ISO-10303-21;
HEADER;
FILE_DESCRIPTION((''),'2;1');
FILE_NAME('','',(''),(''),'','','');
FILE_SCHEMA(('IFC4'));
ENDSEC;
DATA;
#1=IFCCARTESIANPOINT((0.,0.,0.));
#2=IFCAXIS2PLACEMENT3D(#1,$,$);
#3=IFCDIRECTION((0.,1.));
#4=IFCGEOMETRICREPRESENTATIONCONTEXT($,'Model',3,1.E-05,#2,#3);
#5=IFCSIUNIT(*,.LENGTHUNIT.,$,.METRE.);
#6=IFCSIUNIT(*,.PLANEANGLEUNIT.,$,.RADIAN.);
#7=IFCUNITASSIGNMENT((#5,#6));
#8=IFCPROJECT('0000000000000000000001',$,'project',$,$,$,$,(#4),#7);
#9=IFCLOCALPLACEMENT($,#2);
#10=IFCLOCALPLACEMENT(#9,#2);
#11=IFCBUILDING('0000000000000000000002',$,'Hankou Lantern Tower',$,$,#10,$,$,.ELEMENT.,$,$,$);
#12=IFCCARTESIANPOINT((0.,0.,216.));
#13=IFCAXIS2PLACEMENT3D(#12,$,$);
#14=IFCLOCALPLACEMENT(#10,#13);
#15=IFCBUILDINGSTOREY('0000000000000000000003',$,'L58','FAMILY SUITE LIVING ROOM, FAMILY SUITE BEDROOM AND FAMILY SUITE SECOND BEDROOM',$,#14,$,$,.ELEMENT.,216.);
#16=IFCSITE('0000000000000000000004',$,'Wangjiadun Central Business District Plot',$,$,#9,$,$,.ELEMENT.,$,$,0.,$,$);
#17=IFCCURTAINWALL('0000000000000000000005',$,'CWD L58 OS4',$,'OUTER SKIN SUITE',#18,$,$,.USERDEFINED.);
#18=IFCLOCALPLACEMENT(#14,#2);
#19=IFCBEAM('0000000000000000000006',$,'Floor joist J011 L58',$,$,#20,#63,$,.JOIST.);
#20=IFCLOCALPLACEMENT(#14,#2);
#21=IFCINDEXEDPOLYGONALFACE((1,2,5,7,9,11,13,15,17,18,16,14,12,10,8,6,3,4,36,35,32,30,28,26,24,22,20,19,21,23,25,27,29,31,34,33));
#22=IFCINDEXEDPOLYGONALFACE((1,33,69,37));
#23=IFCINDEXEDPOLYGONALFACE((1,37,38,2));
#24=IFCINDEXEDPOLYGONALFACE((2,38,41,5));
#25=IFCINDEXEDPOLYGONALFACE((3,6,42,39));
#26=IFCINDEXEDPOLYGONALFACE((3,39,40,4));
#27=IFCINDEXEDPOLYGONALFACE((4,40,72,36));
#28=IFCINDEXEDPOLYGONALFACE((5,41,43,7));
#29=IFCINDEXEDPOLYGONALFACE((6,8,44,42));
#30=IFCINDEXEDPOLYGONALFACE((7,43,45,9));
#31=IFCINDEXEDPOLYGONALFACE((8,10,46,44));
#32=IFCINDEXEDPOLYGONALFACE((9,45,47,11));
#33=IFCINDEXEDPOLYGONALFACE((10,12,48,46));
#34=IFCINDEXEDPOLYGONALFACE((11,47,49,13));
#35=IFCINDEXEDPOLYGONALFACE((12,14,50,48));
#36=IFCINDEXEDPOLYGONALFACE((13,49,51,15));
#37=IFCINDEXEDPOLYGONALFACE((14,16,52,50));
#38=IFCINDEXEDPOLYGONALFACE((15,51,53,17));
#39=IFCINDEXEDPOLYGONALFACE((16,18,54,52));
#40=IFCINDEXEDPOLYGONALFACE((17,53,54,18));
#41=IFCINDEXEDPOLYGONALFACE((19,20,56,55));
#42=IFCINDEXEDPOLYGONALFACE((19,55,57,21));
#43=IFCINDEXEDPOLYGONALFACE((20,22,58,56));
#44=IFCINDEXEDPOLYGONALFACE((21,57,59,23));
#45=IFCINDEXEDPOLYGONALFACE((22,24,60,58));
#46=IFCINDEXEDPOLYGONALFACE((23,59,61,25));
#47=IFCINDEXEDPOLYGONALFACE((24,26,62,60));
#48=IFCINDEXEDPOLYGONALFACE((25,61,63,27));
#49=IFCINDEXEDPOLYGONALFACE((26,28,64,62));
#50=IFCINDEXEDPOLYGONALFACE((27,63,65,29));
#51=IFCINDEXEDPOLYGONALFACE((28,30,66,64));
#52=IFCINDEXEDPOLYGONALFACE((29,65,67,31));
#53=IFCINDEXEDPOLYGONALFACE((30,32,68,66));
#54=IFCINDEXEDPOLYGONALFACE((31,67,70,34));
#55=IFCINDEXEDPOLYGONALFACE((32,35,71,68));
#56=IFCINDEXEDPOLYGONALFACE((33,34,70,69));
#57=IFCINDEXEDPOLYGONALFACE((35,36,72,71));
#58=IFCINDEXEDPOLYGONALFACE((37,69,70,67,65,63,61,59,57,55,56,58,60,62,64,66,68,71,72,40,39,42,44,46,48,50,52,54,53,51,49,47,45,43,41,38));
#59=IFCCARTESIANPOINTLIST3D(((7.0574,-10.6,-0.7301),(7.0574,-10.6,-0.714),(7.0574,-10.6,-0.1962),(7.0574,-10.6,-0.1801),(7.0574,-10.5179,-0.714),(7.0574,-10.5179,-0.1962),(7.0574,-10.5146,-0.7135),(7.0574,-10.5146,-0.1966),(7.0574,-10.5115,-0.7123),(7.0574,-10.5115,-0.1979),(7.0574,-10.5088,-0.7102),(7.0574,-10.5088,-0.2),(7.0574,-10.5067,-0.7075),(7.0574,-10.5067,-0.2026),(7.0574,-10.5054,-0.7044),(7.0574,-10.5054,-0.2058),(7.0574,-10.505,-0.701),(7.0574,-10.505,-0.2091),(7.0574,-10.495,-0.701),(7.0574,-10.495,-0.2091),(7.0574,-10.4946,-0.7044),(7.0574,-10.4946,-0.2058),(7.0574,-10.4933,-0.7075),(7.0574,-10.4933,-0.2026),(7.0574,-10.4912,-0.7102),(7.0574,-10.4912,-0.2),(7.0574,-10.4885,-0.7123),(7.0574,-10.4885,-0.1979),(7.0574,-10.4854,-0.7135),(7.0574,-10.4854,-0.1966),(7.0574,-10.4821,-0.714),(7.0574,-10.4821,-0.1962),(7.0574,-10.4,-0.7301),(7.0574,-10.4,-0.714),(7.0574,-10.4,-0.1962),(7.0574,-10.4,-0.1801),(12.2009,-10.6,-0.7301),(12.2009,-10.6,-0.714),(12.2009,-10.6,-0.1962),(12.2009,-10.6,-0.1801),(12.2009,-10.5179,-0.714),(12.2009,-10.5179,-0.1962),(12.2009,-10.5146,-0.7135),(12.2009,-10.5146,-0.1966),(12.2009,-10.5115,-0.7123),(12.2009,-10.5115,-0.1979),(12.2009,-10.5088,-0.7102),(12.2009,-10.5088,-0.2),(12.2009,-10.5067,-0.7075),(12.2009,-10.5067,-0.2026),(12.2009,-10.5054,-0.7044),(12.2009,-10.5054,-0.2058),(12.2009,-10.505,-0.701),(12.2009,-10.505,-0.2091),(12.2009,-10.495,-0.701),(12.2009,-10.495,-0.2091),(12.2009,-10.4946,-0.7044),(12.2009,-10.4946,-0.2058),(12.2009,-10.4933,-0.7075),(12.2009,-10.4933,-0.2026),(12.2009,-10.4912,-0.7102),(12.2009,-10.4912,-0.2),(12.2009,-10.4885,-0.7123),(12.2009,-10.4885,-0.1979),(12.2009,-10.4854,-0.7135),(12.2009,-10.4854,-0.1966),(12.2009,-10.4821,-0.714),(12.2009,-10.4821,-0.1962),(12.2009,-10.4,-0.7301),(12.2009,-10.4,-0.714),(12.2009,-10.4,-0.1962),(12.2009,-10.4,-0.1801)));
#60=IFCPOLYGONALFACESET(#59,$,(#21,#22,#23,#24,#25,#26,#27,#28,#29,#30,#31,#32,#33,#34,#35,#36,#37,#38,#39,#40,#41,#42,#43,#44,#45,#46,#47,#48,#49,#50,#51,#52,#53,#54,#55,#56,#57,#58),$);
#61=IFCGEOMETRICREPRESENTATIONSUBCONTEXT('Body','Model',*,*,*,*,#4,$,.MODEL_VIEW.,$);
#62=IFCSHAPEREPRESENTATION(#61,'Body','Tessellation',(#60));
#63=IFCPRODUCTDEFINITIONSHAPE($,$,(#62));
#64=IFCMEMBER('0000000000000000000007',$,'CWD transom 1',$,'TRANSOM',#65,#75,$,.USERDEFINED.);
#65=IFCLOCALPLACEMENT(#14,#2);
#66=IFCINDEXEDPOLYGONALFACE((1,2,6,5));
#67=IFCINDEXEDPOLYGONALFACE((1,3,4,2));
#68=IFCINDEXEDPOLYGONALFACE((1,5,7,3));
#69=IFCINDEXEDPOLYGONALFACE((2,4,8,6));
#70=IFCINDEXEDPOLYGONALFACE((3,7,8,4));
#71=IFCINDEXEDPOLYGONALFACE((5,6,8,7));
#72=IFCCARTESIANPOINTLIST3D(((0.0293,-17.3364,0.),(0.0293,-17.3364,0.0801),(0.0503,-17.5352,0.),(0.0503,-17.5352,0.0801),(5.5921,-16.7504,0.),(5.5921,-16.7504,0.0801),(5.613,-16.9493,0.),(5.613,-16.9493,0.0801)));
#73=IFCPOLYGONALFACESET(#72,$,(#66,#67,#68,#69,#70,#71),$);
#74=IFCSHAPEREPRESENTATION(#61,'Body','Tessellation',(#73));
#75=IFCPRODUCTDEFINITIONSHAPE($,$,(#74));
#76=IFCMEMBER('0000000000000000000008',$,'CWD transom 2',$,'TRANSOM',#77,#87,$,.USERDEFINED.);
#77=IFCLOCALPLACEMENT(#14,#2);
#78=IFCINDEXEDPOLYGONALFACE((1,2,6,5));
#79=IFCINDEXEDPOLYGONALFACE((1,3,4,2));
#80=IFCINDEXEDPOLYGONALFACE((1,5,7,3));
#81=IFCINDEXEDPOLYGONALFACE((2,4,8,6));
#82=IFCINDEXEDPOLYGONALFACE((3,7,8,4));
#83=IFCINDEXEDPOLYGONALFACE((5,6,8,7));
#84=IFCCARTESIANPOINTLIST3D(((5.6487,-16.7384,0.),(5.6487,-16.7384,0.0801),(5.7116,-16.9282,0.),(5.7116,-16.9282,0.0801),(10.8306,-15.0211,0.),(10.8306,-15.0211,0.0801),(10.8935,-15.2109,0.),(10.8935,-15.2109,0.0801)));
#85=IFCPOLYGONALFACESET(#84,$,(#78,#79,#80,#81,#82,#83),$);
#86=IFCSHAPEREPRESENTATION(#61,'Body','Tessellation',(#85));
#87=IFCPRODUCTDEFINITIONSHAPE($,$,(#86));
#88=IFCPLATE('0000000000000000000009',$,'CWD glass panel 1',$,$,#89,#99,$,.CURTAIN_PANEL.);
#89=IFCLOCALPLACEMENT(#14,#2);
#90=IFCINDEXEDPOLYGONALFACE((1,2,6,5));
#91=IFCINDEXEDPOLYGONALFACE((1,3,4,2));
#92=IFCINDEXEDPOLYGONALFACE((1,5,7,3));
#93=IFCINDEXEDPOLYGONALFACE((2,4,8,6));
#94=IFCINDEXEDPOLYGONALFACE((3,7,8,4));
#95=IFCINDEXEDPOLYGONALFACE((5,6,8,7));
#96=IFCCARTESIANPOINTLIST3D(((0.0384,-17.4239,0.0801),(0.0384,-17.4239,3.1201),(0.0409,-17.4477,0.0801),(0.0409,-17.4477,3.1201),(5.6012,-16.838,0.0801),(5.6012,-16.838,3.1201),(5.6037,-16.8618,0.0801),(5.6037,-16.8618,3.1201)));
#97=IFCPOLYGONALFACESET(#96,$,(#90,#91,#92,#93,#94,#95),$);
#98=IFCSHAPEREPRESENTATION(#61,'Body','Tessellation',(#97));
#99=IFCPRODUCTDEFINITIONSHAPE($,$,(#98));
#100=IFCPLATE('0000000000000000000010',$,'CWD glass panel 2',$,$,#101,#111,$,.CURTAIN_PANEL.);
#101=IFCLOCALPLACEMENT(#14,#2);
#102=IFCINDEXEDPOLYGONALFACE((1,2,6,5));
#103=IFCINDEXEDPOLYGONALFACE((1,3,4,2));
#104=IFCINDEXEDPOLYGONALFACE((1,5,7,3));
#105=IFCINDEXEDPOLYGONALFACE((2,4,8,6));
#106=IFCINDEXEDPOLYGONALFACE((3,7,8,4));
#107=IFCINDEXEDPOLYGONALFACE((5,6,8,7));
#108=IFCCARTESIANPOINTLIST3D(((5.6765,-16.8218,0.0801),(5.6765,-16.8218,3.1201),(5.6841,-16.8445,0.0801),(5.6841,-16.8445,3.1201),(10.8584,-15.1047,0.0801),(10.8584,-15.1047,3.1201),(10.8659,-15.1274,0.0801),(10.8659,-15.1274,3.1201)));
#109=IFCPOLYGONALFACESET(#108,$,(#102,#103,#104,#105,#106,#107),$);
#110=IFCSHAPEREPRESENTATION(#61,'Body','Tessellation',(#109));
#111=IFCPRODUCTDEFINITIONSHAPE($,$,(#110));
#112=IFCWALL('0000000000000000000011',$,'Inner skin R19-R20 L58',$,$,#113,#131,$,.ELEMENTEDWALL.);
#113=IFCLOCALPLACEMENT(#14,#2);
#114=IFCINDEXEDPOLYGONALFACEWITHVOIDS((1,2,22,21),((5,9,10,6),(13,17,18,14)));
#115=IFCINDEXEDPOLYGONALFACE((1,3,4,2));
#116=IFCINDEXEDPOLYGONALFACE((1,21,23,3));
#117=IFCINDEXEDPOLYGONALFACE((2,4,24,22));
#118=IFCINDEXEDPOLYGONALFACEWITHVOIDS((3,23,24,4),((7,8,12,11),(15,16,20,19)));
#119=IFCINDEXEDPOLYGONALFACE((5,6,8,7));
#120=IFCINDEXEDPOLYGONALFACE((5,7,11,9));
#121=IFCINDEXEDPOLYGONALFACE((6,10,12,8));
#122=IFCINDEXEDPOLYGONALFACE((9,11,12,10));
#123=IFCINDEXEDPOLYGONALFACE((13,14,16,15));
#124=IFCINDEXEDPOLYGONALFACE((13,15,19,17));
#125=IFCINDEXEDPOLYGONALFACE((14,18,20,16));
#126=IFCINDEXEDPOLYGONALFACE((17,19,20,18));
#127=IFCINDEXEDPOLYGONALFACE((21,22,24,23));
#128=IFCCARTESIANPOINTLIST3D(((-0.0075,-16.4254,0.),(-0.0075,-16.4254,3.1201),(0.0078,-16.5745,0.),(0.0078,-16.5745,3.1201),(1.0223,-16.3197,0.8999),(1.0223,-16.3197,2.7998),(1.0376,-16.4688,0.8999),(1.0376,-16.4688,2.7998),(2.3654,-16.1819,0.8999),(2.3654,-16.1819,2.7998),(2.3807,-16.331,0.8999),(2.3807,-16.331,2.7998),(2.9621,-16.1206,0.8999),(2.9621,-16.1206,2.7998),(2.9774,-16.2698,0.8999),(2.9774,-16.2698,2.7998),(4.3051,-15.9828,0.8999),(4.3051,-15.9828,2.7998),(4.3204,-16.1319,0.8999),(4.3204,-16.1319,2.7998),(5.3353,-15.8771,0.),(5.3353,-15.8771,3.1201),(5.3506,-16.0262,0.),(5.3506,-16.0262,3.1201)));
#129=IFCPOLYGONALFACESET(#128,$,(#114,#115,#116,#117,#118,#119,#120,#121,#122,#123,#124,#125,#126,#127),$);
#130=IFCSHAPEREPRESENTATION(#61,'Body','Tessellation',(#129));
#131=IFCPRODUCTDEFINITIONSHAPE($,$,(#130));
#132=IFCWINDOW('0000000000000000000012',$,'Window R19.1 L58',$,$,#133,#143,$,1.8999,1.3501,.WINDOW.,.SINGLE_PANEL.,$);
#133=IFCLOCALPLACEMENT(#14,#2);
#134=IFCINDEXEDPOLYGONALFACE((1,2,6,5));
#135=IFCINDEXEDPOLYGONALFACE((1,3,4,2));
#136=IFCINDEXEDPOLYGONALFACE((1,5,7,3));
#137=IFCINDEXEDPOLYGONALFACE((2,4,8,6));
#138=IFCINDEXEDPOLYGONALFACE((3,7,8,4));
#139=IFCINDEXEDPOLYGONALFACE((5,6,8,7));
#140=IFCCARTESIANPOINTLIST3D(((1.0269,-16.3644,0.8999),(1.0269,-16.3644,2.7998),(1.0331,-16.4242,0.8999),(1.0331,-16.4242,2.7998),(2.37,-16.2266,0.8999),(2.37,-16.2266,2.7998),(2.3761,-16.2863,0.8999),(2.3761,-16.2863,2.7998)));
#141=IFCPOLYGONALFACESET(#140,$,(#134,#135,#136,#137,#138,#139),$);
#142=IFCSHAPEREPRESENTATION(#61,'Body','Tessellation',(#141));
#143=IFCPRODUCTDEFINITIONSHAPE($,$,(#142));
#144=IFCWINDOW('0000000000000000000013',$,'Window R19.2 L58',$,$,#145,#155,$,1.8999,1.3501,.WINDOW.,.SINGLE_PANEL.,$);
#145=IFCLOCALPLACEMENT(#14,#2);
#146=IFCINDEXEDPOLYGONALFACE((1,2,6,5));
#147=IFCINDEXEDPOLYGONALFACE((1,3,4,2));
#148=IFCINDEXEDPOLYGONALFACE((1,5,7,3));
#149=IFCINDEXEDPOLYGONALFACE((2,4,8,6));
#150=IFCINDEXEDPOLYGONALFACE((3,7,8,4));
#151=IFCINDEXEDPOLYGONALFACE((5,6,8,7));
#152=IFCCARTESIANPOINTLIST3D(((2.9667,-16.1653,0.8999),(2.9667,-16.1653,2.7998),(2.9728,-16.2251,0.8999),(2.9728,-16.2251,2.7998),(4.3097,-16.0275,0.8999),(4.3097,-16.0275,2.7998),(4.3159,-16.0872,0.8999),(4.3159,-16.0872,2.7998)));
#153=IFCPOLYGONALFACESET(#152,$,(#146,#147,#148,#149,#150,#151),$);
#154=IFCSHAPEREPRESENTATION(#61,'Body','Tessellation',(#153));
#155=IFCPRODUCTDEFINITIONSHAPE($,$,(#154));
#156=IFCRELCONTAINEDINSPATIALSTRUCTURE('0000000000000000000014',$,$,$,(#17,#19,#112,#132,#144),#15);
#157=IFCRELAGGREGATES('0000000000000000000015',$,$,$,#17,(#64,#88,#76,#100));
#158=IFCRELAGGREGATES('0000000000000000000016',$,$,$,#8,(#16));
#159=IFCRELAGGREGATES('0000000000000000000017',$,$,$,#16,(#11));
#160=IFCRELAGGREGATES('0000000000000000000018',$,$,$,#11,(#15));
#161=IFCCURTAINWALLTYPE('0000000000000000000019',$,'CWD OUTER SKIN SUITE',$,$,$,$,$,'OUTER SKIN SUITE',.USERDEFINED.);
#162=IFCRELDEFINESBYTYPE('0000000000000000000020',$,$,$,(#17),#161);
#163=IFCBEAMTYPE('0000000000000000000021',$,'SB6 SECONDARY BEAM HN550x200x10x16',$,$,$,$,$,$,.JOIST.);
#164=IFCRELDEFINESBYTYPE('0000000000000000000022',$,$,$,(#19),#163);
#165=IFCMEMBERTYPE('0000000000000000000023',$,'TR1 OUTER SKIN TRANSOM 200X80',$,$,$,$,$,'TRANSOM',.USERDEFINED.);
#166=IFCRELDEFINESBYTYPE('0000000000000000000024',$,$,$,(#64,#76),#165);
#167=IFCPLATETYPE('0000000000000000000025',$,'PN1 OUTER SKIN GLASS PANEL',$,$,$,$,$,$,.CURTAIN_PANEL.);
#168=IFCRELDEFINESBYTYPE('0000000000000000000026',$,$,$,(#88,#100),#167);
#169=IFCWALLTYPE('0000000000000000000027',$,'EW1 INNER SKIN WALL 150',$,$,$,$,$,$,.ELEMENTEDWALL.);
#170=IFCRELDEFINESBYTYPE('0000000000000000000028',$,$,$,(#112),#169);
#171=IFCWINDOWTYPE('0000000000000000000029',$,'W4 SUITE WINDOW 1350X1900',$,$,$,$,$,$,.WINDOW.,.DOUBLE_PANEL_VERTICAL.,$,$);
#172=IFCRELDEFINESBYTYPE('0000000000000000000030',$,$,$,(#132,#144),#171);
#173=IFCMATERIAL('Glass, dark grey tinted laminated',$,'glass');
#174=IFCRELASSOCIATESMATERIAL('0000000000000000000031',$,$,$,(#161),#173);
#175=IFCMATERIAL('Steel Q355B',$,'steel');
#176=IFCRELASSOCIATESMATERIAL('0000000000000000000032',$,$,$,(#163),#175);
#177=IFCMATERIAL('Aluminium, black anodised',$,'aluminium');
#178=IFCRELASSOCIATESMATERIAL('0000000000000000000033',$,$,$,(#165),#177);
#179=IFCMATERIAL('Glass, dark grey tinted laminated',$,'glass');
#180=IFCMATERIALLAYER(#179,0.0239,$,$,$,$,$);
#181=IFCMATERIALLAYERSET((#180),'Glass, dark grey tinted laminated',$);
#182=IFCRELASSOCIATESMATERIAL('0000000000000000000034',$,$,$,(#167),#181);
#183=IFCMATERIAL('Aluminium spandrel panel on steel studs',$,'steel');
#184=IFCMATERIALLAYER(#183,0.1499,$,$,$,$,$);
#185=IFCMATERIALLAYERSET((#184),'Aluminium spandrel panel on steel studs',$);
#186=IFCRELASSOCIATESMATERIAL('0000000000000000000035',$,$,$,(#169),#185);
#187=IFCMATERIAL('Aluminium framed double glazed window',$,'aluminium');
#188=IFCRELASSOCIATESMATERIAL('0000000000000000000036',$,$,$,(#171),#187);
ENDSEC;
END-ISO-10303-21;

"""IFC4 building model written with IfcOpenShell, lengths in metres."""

from ifc_helpers import new_model, si_unit, direction, frame, frame_2d, origin, origin_2d, place, context, subcontext, project, spatial, rectangle, i_section, extrude, material, layer, layer_set, material_profile, profile_set, type_object, element, fill, aggregate, save


model = new_model("IFC4")

# Units and contexts
model_context = context("Model", 3, precision=1e-05, world=origin(), true_north=direction((0.0, 1.0)))
body_context = subcontext(model_context, "Body", "Model", "MODEL_VIEW")
ifc_project = project(units=[si_unit("LENGTHUNIT", "METRE"), si_unit("PLANEANGLEUNIT", "RADIAN")], contexts=[model_context])

# Site, building, storey
site_placement = place(None, origin())
site = spatial("IfcSite", under=ifc_project, at=site_placement, Name="Wangjiadun Central Business District Plot", CompositionType="ELEMENT", RefElevation=0.0)
building_placement = place(site_placement, origin())
building = spatial("IfcBuilding", under=site, at=building_placement, Name="Hankou Lantern Tower", CompositionType="ELEMENT")
storey_placement = place(building_placement, frame((0.0, 0.0, 216.0)))
storey = spatial("IfcBuildingStorey", under=building, at=storey_placement, Name="L58", Description="FAMILY SUITE LIVING ROOM, FAMILY SUITE BEDROOM AND FAMILY SUITE SECOND BEDROOM", CompositionType="ELEMENT", Elevation=216.0)

# Curtain wall
ifc_material_1 = material(Name="Glass, dark grey tinted laminated", Category="glass")
curtain_wall_type = type_object("IfcCurtainWallType", Name="CWD OUTER SKIN SUITE", ElementType="OUTER SKIN SUITE", PredefinedType="USERDEFINED", material=ifc_material_1)
curtain_wall_placement = place(storey_placement, origin())
curtain_wall = element("IfcCurtainWall", 1, at=curtain_wall_placement, inside=storey, type_object=curtain_wall_type, Name="CWD L58 OS4", ObjectType="OUTER SKIN SUITE", PredefinedType="USERDEFINED")

# Beam
ifc_material_2 = material(Name="Steel Q355B", Category="steel")
ifc_material_profile_1 = material_profile(ifc_material_2, i_section(OverallWidth=0.2, OverallDepth=0.55, WebThickness=0.01, FlangeThickness=0.0161, FilletRadius=0.0129, at=origin_2d()), Name="HN550x200x10x16")
ifc_profile_set_1 = profile_set([ifc_material_profile_1], Name="Steel Q355B")
beam_type_1 = type_object("IfcBeamType", Name="SB6 SECONDARY BEAM HN550x200x10x16", PredefinedType="JOIST", material=ifc_profile_set_1)
beam_1_placement = place(storey_placement, frame((7.0574, -10.5, -0.4551), z_axis=(1.0, 0.0, 0.0), x_axis=(0.0, 1.0, 0.0)))
element("IfcBeam", 2, at=beam_1_placement, inside=storey, type_object=beam_type_1, Name="Floor joist J011 L58", PredefinedType="JOIST", context=body_context, shape_type="SweptSolid", body=[
    extrude(i_section(OverallWidth=0.2, OverallDepth=0.55, WebThickness=0.01, FlangeThickness=0.0161, FilletRadius=0.0129, at=origin_2d()), origin(), (0.0, 0.0, 1.0), 5.1436),
])

# Members
ifc_material_3 = material(Name="Aluminium, black anodised", Category="aluminium")
ifc_material_profile_2 = material_profile(ifc_material_3, rectangle(XDim=0.2, YDim=0.0801, at=origin_2d()), Name="TR1 200X80")
ifc_profile_set_2 = profile_set([ifc_material_profile_2], Name="Aluminium, black anodised")
member_type_1 = type_object("IfcMemberType", Name="TR1 OUTER SKIN TRANSOM 200X80", ElementType="TRANSOM", PredefinedType="USERDEFINED", material=ifc_profile_set_2)
member_1_placement = place(storey_placement, frame((0.0398, -17.4358, 0.04), z_axis=(0.994498, 0.104753, 0.0), x_axis=(-0.104753, 0.994498, 0.0)))
member_1 = element("IfcMember", 3, at=member_1_placement, type_object=member_type_1, Name="CWD transom 1", ObjectType="TRANSOM", PredefinedType="USERDEFINED", context=body_context, shape_type="SweptSolid", body=[
    extrude(rectangle(XDim=0.2, YDim=0.0801, at=origin_2d()), origin(), (0.0, 0.0, 1.0), 5.5935),
])
member_2_placement = place(storey_placement, frame((5.6802, -16.8333, 0.04), z_axis=(0.949232, 0.314577, 0.0), x_axis=(-0.314577, 0.949232, 0.0)))
member_2 = element("IfcMember", 4, at=member_2_placement, type_object=member_type_1, Name="CWD transom 2", ObjectType="TRANSOM", PredefinedType="USERDEFINED", context=body_context, shape_type="SweptSolid", body=[
    extrude(rectangle(XDim=0.2, YDim=0.0801, at=origin_2d()), origin(), (0.0, 0.0, 1.0), 5.459),
])

# Plates
ifc_material_4 = material(Name="Glass, dark grey tinted laminated", Category="glass")
ifc_layer_1 = layer(ifc_material_4, 0.0239)
ifc_layer_set_1 = layer_set([ifc_layer_1], Name="Glass, dark grey tinted laminated")
plate_type = type_object("IfcPlateType", Name="PN1 OUTER SKIN GLASS PANEL", PredefinedType="CURTAIN_PANEL", material=ifc_layer_set_1)
plate_1_placement = place(storey_placement, frame((2.821, -17.1428, 0.0801), z_axis=(0.0, 0.0, 1.0), x_axis=(0.994499, 0.104743, 0.0)))
plate_1 = element("IfcPlate", 5, at=plate_1_placement, type_object=plate_type, Name="CWD glass panel 1", PredefinedType="CURTAIN_PANEL", context=body_context, shape_type="SweptSolid", body=[
    extrude(rectangle(XDim=5.5935, YDim=0.0239, at=origin_2d()), origin(), (0.0, 0.0, 1.0), 3.04),
])
plate_2_placement = place(storey_placement, frame((8.2712, -15.9746, 0.0801), z_axis=(0.0, 0.0, 1.0), x_axis=(0.949241, 0.314551, 0.0)))
plate_2 = element("IfcPlate", 6, at=plate_2_placement, type_object=plate_type, Name="CWD glass panel 2", PredefinedType="CURTAIN_PANEL", context=body_context, shape_type="SweptSolid", body=[
    extrude(rectangle(XDim=5.459, YDim=0.0239, at=origin_2d()), origin(), (0.0, 0.0, 1.0), 3.04),
])
aggregate(curtain_wall, [member_1, plate_1, member_2, plate_2])

# Wall, openings, windows
ifc_material_5 = material(Name="Aluminium spandrel panel on steel studs", Category="steel")
ifc_layer_2 = layer(ifc_material_5, 0.1499)
ifc_layer_set_2 = layer_set([ifc_layer_2], Name="Aluminium spandrel panel on steel studs")
wall_type_1 = type_object("IfcWallType", Name="EW1 INNER SKIN WALL 150", PredefinedType="ELEMENTEDWALL", material=ifc_layer_set_2)
wall_1_placement = place(storey_placement, frame((0.0, -16.5, 0.0), z_axis=(0.0, 0.0, 1.0), x_axis=(0.994775, 0.102096, 0.0)))
wall_1 = element("IfcWall", 7, at=wall_1_placement, inside=storey, type_object=wall_type_1, Name="Inner skin R19-R20 L58", PredefinedType="ELEMENTEDWALL", context=body_context, shape_type="SweptSolid", body=[
    extrude(rectangle(XDim=5.3708, YDim=0.1499, at=frame_2d((2.6855, 0.0))), origin(), (0.0, 0.0, 1.0), 3.1201),
])
opening_1_placement = place(wall_1_placement, frame((1.0354, 0.0, 0.8999)))
opening_1 = element("IfcOpeningElement", 8, at=opening_1_placement, cuts=wall_1, PredefinedType="OPENING", context=body_context, shape_type="SweptSolid", body=[
    extrude(rectangle(XDim=1.3501, YDim=1.8999, at=frame_2d((0.675, 0.95))), frame((0.0, 0.085, 0.0), z_axis=(0.0, -1.0, 0.0), x_axis=(1.0, 0.0, 0.0)), (0.0, 0.0, 1.0), 0.1699),
])
opening_2_placement = place(wall_1_placement, frame((2.9854, 0.0, 0.8999)))
opening_2 = element("IfcOpeningElement", 9, at=opening_2_placement, cuts=wall_1, PredefinedType="OPENING", context=body_context, shape_type="SweptSolid", body=[
    extrude(rectangle(XDim=1.3501, YDim=1.8999, at=frame_2d((0.675, 0.95))), frame((0.0, 0.085, 0.0), z_axis=(0.0, -1.0, 0.0), x_axis=(1.0, 0.0, 0.0)), (0.0, 0.0, 1.0), 0.1699),
])
ifc_material_6 = material(Name="Aluminium framed double glazed window", Category="aluminium")
window_type = type_object("IfcWindowType", Name="W4 SUITE WINDOW 1350X1900", PartitioningType="DOUBLE_PANEL_VERTICAL", PredefinedType="WINDOW", material=ifc_material_6)
window_1_placement = place(opening_1_placement, origin())
window_1 = element("IfcWindow", 10, at=window_1_placement, inside=storey, type_object=window_type, Name="Window R19.1 L58", OverallHeight=1.8999, OverallWidth=1.3501, PartitioningType="SINGLE_PANEL", PredefinedType="WINDOW", context=body_context, shape_type="SweptSolid", body=[
    extrude(rectangle(XDim=1.3501, YDim=1.8999, at=frame_2d((0.675, 0.95))), frame((0.0, 0.03, 0.0), z_axis=(0.0, -1.0, 0.0), x_axis=(1.0, 0.0, 0.0)), (0.0, 0.0, 1.0), 0.0601),
])
fill(opening_1, window_1)
window_2_placement = place(opening_2_placement, origin())
window_2 = element("IfcWindow", 11, at=window_2_placement, inside=storey, type_object=window_type, Name="Window R19.2 L58", OverallHeight=1.8999, OverallWidth=1.3501, PartitioningType="SINGLE_PANEL", PredefinedType="WINDOW", context=body_context, shape_type="SweptSolid", body=[
    extrude(rectangle(XDim=1.3501, YDim=1.8999, at=frame_2d((0.675, 0.95))), frame((0.0, 0.03, 0.0), z_axis=(0.0, -1.0, 0.0), x_axis=(1.0, 0.0, 0.0)), (0.0, 0.0, 1.0), 0.0601),
])
fill(opening_2, window_2)

save(model, "model.ifc")
